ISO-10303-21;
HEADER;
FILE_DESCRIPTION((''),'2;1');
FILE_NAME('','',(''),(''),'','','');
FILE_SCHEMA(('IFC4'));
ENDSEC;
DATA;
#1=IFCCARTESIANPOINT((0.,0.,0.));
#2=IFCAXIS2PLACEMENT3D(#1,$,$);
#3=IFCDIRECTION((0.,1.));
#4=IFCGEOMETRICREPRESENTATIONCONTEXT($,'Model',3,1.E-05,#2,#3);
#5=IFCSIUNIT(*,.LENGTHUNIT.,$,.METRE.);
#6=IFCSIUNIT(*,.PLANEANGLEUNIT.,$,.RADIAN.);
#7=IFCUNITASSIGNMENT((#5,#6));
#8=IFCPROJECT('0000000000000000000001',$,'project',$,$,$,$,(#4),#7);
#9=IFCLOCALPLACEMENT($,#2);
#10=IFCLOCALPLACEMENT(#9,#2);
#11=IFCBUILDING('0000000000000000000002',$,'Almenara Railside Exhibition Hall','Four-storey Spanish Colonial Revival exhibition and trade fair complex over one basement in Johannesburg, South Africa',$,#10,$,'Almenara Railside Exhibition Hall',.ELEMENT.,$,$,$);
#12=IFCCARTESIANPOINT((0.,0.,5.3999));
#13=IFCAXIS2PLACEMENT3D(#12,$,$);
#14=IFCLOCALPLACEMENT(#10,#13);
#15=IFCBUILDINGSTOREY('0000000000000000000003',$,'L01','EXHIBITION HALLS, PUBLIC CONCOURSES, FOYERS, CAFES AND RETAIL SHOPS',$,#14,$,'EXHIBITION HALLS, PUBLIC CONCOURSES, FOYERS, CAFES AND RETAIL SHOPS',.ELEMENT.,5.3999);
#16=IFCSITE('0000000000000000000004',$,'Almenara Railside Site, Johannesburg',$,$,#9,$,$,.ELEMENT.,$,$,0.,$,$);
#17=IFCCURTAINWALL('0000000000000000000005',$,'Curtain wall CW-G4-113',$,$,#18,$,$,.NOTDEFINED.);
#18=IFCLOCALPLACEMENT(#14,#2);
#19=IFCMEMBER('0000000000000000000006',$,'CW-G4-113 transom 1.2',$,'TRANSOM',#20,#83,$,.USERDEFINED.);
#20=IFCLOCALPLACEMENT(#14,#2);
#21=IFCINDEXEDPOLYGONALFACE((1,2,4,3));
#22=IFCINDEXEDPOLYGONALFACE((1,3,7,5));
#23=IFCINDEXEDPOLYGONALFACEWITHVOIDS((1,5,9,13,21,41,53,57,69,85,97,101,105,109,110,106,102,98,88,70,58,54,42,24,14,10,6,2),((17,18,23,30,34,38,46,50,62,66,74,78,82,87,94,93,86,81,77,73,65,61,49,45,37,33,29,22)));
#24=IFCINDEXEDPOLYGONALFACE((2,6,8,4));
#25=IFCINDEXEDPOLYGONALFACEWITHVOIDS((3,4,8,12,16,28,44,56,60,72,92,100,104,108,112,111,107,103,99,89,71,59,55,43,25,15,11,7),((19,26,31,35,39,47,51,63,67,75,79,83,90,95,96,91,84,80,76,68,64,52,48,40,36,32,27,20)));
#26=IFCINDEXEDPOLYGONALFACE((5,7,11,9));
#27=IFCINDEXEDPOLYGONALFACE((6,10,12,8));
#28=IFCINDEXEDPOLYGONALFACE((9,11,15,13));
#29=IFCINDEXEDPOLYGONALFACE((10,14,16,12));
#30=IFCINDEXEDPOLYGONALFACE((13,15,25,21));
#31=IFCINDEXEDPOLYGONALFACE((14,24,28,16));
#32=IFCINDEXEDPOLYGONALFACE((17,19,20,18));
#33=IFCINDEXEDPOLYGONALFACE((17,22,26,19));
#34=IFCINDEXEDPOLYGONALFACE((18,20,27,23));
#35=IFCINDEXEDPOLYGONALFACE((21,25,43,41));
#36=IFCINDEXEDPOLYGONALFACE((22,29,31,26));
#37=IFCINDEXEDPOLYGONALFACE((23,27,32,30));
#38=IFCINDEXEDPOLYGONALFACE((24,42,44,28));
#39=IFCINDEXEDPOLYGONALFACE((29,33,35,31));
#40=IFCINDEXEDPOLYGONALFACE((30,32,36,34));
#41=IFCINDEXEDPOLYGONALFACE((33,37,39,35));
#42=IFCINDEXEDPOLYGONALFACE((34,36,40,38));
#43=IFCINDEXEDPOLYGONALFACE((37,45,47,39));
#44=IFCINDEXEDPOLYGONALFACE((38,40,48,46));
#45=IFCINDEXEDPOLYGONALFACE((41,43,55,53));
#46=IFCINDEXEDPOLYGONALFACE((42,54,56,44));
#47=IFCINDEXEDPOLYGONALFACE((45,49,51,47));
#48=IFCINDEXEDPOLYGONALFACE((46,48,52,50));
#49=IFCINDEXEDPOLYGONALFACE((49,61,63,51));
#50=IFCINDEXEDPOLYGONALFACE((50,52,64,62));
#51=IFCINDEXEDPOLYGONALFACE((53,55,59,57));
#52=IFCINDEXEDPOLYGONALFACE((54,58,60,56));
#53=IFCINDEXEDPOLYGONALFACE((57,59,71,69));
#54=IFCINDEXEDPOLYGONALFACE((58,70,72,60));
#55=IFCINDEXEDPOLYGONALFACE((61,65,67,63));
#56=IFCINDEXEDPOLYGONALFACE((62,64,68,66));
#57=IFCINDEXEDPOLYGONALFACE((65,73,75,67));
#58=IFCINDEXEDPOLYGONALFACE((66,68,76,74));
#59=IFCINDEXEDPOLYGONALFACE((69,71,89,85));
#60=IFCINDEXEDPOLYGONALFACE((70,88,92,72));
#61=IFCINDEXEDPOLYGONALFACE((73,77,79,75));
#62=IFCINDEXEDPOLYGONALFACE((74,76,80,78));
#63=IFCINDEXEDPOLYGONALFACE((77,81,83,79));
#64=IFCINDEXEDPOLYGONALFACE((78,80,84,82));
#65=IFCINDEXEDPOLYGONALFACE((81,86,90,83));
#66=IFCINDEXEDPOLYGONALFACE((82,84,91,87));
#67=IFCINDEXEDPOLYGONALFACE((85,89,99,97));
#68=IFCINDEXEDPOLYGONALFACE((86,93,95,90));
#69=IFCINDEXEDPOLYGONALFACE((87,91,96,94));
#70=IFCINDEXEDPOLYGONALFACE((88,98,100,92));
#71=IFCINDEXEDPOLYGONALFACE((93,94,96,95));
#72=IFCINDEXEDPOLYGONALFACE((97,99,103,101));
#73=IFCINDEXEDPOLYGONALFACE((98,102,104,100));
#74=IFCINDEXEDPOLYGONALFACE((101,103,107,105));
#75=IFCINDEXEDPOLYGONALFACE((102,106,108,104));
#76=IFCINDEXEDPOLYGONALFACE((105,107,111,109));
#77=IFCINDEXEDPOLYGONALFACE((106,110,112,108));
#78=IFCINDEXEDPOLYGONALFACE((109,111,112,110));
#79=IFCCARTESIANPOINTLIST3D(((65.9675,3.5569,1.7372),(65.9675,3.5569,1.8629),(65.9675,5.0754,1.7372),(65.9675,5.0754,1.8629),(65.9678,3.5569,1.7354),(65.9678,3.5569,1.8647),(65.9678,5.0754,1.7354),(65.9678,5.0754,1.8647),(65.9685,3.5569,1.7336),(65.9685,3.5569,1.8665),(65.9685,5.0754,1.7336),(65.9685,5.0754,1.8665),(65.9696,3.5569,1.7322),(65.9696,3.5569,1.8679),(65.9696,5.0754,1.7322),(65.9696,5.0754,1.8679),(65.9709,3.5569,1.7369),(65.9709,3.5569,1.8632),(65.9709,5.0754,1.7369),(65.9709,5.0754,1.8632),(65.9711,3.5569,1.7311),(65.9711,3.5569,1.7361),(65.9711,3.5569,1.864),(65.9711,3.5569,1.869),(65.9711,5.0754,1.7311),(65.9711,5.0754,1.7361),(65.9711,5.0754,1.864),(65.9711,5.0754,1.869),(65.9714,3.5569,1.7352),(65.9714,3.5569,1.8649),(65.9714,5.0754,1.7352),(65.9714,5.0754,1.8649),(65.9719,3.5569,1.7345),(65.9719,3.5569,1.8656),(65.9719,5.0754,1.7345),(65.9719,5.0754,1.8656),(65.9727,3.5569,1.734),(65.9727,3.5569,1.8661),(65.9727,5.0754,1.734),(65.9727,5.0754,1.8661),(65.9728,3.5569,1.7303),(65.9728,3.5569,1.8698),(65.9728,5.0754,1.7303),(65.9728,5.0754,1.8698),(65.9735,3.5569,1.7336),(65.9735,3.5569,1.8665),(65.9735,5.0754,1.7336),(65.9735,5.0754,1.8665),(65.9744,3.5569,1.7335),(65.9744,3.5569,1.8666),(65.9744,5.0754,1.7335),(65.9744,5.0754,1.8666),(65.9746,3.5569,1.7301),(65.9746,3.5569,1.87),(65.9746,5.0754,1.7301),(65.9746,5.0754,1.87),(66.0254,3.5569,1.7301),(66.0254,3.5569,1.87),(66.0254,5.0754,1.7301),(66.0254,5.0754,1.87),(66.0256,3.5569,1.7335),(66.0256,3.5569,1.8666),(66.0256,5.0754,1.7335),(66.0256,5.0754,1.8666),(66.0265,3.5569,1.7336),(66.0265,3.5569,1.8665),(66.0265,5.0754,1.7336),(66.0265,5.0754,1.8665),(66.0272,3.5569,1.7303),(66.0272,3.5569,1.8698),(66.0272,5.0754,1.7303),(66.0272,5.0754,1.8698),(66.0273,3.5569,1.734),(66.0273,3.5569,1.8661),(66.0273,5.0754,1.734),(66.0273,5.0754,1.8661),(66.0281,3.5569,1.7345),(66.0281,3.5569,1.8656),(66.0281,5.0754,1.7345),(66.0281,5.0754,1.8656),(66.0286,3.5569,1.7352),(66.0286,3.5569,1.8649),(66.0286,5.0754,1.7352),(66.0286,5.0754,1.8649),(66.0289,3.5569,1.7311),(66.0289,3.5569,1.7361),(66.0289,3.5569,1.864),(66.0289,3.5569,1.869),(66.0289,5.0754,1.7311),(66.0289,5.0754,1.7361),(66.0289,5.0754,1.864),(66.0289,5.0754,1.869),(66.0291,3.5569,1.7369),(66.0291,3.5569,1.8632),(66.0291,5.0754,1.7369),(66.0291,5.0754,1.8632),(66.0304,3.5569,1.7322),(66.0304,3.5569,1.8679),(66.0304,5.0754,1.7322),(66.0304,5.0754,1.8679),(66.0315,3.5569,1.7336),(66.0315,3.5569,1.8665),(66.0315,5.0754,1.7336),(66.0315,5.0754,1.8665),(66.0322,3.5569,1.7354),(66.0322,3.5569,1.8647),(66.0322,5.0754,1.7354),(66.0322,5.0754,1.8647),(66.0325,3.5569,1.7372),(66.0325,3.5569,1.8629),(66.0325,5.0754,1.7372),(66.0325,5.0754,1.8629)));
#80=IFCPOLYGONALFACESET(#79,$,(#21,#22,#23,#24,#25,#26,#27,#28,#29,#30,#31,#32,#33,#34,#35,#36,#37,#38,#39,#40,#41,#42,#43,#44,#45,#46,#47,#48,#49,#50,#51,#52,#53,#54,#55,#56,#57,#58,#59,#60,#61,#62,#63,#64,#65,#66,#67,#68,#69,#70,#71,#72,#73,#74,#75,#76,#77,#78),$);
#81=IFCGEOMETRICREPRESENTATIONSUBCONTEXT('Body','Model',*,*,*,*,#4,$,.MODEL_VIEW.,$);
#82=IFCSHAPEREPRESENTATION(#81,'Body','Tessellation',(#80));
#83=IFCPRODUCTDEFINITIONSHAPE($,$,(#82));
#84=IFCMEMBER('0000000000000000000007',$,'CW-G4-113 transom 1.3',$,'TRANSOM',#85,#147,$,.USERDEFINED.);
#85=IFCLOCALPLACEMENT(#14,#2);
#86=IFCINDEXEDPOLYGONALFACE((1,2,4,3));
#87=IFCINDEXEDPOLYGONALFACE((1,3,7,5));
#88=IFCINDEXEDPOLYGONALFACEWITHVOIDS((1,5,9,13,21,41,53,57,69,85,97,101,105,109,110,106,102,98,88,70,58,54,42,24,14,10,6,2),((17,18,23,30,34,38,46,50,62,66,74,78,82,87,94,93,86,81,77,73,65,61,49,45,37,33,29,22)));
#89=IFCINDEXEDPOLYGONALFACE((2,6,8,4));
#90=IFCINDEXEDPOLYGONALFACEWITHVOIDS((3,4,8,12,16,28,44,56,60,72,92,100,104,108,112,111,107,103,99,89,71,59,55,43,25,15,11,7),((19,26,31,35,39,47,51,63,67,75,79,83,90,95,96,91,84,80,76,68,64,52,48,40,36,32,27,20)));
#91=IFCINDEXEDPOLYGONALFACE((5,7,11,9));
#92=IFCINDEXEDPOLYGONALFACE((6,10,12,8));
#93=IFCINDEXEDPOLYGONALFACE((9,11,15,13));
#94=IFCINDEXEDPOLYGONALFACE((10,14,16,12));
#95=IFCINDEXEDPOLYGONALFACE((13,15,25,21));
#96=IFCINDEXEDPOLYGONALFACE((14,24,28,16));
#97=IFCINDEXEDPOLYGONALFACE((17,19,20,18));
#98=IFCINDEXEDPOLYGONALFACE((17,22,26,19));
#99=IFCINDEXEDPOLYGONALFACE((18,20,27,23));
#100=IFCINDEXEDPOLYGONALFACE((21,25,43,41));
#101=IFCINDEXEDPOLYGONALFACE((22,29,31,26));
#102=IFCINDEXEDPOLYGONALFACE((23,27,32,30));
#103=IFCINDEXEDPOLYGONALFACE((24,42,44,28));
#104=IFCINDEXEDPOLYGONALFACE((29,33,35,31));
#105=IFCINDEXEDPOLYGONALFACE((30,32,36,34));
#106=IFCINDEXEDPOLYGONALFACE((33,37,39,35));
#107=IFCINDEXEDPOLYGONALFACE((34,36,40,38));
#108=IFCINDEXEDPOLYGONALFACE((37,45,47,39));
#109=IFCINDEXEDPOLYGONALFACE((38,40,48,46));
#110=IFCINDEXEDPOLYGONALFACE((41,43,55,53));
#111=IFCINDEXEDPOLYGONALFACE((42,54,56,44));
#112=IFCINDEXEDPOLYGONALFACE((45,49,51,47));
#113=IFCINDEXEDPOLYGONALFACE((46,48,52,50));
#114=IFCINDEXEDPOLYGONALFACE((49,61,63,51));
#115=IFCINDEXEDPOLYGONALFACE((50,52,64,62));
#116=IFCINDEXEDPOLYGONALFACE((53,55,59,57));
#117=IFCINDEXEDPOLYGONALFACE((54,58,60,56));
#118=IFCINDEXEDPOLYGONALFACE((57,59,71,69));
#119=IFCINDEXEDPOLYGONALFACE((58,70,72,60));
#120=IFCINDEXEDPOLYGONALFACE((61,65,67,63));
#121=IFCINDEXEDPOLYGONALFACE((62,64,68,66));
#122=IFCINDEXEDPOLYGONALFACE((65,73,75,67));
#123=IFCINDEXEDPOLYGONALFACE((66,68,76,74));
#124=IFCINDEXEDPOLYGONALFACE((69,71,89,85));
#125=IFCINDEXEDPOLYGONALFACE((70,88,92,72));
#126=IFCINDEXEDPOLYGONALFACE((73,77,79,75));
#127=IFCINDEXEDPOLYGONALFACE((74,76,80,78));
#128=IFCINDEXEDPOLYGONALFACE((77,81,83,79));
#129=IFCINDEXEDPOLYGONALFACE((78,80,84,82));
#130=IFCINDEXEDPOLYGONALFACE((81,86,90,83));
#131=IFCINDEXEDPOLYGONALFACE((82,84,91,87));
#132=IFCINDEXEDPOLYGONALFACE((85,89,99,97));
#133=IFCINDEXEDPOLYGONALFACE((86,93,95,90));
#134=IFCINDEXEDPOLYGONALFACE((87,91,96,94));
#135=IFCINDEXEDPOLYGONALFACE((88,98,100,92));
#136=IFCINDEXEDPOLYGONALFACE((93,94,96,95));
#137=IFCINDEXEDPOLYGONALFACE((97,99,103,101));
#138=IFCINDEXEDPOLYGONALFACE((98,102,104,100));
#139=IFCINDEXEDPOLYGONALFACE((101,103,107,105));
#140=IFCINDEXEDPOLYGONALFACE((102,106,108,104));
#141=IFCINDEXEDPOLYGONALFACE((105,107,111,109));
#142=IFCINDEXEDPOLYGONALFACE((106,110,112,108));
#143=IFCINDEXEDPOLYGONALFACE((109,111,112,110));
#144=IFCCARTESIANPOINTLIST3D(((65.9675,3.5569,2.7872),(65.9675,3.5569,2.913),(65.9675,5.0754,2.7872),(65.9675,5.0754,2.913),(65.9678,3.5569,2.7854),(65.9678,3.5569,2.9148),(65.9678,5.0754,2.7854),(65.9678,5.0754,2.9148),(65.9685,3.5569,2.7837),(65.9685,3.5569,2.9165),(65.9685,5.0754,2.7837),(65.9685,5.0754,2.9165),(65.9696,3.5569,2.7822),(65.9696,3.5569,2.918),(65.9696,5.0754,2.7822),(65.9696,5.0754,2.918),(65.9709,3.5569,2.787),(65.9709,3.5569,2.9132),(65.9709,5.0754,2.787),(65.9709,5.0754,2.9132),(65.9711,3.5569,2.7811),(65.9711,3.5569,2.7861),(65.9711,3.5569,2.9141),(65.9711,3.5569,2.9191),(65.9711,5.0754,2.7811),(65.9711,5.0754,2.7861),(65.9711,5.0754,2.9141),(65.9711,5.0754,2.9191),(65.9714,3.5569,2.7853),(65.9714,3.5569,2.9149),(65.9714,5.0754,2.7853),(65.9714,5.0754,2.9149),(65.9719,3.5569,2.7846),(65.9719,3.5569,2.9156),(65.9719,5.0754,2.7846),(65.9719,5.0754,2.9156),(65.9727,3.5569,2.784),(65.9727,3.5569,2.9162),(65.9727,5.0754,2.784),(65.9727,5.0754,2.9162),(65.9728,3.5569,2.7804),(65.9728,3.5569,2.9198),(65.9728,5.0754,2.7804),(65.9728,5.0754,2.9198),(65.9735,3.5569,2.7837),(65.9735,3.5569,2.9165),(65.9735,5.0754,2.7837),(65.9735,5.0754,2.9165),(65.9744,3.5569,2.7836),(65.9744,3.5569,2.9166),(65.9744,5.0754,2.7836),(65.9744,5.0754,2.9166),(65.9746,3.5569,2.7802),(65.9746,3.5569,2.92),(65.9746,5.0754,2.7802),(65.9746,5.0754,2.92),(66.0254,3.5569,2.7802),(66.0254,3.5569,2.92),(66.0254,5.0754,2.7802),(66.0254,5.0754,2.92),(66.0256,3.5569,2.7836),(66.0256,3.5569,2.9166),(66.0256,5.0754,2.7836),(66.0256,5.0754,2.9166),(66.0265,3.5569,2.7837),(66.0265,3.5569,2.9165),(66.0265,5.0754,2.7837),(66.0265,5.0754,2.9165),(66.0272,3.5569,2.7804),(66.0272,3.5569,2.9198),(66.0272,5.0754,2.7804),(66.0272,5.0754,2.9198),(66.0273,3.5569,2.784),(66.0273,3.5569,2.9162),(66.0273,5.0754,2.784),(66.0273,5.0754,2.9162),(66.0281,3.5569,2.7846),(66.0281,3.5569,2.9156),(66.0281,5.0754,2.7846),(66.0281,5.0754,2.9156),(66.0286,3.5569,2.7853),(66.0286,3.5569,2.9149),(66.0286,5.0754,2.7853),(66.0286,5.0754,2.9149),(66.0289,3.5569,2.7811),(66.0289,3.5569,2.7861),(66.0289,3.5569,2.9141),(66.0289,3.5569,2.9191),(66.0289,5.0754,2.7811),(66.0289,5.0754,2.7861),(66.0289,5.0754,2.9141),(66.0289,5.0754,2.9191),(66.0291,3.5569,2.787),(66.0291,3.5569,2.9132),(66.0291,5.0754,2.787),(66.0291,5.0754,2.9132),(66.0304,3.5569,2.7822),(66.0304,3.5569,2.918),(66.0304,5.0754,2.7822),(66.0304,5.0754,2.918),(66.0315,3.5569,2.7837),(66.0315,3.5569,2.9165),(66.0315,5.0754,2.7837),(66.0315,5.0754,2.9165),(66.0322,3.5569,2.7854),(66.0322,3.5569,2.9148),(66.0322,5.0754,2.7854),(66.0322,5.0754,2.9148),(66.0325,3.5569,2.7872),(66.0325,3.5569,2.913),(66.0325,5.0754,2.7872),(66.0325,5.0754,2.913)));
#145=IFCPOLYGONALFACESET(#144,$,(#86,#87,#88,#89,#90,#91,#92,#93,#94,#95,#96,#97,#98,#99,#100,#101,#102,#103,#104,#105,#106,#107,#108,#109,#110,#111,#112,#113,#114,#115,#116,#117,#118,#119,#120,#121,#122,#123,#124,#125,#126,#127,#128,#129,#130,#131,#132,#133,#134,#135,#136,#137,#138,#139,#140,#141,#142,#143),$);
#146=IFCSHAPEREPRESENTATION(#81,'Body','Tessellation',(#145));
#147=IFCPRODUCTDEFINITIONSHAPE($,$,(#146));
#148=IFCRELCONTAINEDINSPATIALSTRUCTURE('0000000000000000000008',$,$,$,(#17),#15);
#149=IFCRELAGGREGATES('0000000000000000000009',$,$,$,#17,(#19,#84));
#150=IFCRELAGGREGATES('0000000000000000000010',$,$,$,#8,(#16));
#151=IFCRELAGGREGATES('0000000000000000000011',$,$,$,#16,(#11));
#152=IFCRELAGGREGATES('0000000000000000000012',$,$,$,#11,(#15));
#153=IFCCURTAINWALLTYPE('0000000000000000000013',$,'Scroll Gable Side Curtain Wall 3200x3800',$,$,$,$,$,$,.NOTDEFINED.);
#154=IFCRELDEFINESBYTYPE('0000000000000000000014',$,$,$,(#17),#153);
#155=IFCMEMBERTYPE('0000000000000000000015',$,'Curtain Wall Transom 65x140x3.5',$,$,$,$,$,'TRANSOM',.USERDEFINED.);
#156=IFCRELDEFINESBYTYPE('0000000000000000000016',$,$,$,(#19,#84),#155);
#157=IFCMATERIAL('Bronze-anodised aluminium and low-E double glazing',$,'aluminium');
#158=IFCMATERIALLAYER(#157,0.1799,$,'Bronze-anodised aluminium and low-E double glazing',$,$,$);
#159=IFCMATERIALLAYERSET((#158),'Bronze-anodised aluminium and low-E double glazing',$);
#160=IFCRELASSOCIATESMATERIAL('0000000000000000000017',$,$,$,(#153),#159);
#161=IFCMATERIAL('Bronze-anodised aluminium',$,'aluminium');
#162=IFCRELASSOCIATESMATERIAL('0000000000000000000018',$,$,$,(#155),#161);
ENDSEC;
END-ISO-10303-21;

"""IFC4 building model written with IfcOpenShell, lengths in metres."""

from ifc_helpers import new_model, si_unit, direction, frame, origin, origin_2d, place, context, subcontext, project, spatial, hollow_rectangle, extrude, material, layer, layer_set, material_profile, profile_set, type_object, element, aggregate, save


model = new_model("IFC4")

# Units and contexts
model_context = context("Model", 3, precision=1e-05, world=origin(), true_north=direction((0.0, 1.0)))
body_context = subcontext(model_context, "Body", "Model", "MODEL_VIEW")
ifc_project = project(units=[si_unit("LENGTHUNIT", "METRE"), si_unit("PLANEANGLEUNIT", "RADIAN")], contexts=[model_context])

# Site, building, storey
site_placement = place(None, origin())
site = spatial("IfcSite", under=ifc_project, at=site_placement, Name="Almenara Railside Site, Johannesburg", CompositionType="ELEMENT", RefElevation=0.0)
building_placement = place(site_placement, origin())
building = spatial("IfcBuilding", under=site, at=building_placement, Name="Almenara Railside Exhibition Hall", Description="Four-storey Spanish Colonial Revival exhibition and trade fair complex over one basement in Johannesburg, South Africa", LongName="Almenara Railside Exhibition Hall", CompositionType="ELEMENT")
storey_placement = place(building_placement, frame((0.0, 0.0, 5.3999)))
storey = spatial("IfcBuildingStorey", under=building, at=storey_placement, Name="L01", Description="EXHIBITION HALLS, PUBLIC CONCOURSES, FOYERS, CAFES AND RETAIL SHOPS", LongName="EXHIBITION HALLS, PUBLIC CONCOURSES, FOYERS, CAFES AND RETAIL SHOPS", CompositionType="ELEMENT", Elevation=5.3999)

# Curtain wall
ifc_material_1 = material(Name="Bronze-anodised aluminium and low-E double glazing", Category="aluminium")
ifc_material_2 = material(Name="Bronze-anodised aluminium", Category="aluminium")
ifc_layer_1 = layer(ifc_material_1, 0.1799, Name="Bronze-anodised aluminium and low-E double glazing")
ifc_layer_set_1 = layer_set([ifc_layer_1], Name="Bronze-anodised aluminium and low-E double glazing")
curtain_wall_type_1 = type_object("IfcCurtainWallType", Name="Scroll Gable Side Curtain Wall 3200x3800", PredefinedType="NOTDEFINED", material=ifc_layer_set_1)
curtain_wall_1_placement = place(storey_placement, origin())
curtain_wall_1 = element("IfcCurtainWall", 1, at=curtain_wall_1_placement, inside=storey, type_object=curtain_wall_type_1, Name="Curtain wall CW-G4-113", PredefinedType="NOTDEFINED")

# Members
ifc_material_profile_1 = material_profile(ifc_material_2, hollow_rectangle(XDim=0.0649, YDim=0.1399, WallThickness=0.0034, InnerFilletRadius=0.0034, OuterFilletRadius=0.0071, at=origin_2d()), Name="ALU-TRN 65x140x3.5")
ifc_profile_set_1 = profile_set([ifc_material_profile_1], Name="Bronze-anodised aluminium")
member_type_1 = type_object("IfcMemberType", Name="Curtain Wall Transom 65x140x3.5", ElementType="TRANSOM", PredefinedType="USERDEFINED", material=ifc_profile_set_1)
member_1_placement = place(storey_placement, frame((66.0, 3.5569, 1.8), z_axis=(0.0, 1.0, 0.0), x_axis=(-1.0, 0.0, 0.0)))
member_1 = element("IfcMember", 2, at=member_1_placement, type_object=member_type_1, Name="CW-G4-113 transom 1.2", ObjectType="TRANSOM", PredefinedType="USERDEFINED", context=body_context, shape_type="SweptSolid", body=[
    extrude(hollow_rectangle(XDim=0.0649, YDim=0.1399, WallThickness=0.0034, InnerFilletRadius=0.0034, OuterFilletRadius=0.0071, at=origin_2d()), origin(), (0.0, 0.0, 1.0), 1.5186),
])
member_2_placement = place(storey_placement, frame((66.0, 3.5569, 2.8501), z_axis=(0.0, 1.0, 0.0), x_axis=(-1.0, 0.0, 0.0)))
member_2 = element("IfcMember", 3, at=member_2_placement, type_object=member_type_1, Name="CW-G4-113 transom 1.3", ObjectType="TRANSOM", PredefinedType="USERDEFINED", context=body_context, shape_type="SweptSolid", body=[
    extrude(hollow_rectangle(XDim=0.0649, YDim=0.1399, WallThickness=0.0034, InnerFilletRadius=0.0034, OuterFilletRadius=0.0071, at=origin_2d()), origin(), (0.0, 0.0, 1.0), 1.5186),
])

aggregate(curtain_wall_1, [member_1, member_2])

save(model, "model.ifc")
